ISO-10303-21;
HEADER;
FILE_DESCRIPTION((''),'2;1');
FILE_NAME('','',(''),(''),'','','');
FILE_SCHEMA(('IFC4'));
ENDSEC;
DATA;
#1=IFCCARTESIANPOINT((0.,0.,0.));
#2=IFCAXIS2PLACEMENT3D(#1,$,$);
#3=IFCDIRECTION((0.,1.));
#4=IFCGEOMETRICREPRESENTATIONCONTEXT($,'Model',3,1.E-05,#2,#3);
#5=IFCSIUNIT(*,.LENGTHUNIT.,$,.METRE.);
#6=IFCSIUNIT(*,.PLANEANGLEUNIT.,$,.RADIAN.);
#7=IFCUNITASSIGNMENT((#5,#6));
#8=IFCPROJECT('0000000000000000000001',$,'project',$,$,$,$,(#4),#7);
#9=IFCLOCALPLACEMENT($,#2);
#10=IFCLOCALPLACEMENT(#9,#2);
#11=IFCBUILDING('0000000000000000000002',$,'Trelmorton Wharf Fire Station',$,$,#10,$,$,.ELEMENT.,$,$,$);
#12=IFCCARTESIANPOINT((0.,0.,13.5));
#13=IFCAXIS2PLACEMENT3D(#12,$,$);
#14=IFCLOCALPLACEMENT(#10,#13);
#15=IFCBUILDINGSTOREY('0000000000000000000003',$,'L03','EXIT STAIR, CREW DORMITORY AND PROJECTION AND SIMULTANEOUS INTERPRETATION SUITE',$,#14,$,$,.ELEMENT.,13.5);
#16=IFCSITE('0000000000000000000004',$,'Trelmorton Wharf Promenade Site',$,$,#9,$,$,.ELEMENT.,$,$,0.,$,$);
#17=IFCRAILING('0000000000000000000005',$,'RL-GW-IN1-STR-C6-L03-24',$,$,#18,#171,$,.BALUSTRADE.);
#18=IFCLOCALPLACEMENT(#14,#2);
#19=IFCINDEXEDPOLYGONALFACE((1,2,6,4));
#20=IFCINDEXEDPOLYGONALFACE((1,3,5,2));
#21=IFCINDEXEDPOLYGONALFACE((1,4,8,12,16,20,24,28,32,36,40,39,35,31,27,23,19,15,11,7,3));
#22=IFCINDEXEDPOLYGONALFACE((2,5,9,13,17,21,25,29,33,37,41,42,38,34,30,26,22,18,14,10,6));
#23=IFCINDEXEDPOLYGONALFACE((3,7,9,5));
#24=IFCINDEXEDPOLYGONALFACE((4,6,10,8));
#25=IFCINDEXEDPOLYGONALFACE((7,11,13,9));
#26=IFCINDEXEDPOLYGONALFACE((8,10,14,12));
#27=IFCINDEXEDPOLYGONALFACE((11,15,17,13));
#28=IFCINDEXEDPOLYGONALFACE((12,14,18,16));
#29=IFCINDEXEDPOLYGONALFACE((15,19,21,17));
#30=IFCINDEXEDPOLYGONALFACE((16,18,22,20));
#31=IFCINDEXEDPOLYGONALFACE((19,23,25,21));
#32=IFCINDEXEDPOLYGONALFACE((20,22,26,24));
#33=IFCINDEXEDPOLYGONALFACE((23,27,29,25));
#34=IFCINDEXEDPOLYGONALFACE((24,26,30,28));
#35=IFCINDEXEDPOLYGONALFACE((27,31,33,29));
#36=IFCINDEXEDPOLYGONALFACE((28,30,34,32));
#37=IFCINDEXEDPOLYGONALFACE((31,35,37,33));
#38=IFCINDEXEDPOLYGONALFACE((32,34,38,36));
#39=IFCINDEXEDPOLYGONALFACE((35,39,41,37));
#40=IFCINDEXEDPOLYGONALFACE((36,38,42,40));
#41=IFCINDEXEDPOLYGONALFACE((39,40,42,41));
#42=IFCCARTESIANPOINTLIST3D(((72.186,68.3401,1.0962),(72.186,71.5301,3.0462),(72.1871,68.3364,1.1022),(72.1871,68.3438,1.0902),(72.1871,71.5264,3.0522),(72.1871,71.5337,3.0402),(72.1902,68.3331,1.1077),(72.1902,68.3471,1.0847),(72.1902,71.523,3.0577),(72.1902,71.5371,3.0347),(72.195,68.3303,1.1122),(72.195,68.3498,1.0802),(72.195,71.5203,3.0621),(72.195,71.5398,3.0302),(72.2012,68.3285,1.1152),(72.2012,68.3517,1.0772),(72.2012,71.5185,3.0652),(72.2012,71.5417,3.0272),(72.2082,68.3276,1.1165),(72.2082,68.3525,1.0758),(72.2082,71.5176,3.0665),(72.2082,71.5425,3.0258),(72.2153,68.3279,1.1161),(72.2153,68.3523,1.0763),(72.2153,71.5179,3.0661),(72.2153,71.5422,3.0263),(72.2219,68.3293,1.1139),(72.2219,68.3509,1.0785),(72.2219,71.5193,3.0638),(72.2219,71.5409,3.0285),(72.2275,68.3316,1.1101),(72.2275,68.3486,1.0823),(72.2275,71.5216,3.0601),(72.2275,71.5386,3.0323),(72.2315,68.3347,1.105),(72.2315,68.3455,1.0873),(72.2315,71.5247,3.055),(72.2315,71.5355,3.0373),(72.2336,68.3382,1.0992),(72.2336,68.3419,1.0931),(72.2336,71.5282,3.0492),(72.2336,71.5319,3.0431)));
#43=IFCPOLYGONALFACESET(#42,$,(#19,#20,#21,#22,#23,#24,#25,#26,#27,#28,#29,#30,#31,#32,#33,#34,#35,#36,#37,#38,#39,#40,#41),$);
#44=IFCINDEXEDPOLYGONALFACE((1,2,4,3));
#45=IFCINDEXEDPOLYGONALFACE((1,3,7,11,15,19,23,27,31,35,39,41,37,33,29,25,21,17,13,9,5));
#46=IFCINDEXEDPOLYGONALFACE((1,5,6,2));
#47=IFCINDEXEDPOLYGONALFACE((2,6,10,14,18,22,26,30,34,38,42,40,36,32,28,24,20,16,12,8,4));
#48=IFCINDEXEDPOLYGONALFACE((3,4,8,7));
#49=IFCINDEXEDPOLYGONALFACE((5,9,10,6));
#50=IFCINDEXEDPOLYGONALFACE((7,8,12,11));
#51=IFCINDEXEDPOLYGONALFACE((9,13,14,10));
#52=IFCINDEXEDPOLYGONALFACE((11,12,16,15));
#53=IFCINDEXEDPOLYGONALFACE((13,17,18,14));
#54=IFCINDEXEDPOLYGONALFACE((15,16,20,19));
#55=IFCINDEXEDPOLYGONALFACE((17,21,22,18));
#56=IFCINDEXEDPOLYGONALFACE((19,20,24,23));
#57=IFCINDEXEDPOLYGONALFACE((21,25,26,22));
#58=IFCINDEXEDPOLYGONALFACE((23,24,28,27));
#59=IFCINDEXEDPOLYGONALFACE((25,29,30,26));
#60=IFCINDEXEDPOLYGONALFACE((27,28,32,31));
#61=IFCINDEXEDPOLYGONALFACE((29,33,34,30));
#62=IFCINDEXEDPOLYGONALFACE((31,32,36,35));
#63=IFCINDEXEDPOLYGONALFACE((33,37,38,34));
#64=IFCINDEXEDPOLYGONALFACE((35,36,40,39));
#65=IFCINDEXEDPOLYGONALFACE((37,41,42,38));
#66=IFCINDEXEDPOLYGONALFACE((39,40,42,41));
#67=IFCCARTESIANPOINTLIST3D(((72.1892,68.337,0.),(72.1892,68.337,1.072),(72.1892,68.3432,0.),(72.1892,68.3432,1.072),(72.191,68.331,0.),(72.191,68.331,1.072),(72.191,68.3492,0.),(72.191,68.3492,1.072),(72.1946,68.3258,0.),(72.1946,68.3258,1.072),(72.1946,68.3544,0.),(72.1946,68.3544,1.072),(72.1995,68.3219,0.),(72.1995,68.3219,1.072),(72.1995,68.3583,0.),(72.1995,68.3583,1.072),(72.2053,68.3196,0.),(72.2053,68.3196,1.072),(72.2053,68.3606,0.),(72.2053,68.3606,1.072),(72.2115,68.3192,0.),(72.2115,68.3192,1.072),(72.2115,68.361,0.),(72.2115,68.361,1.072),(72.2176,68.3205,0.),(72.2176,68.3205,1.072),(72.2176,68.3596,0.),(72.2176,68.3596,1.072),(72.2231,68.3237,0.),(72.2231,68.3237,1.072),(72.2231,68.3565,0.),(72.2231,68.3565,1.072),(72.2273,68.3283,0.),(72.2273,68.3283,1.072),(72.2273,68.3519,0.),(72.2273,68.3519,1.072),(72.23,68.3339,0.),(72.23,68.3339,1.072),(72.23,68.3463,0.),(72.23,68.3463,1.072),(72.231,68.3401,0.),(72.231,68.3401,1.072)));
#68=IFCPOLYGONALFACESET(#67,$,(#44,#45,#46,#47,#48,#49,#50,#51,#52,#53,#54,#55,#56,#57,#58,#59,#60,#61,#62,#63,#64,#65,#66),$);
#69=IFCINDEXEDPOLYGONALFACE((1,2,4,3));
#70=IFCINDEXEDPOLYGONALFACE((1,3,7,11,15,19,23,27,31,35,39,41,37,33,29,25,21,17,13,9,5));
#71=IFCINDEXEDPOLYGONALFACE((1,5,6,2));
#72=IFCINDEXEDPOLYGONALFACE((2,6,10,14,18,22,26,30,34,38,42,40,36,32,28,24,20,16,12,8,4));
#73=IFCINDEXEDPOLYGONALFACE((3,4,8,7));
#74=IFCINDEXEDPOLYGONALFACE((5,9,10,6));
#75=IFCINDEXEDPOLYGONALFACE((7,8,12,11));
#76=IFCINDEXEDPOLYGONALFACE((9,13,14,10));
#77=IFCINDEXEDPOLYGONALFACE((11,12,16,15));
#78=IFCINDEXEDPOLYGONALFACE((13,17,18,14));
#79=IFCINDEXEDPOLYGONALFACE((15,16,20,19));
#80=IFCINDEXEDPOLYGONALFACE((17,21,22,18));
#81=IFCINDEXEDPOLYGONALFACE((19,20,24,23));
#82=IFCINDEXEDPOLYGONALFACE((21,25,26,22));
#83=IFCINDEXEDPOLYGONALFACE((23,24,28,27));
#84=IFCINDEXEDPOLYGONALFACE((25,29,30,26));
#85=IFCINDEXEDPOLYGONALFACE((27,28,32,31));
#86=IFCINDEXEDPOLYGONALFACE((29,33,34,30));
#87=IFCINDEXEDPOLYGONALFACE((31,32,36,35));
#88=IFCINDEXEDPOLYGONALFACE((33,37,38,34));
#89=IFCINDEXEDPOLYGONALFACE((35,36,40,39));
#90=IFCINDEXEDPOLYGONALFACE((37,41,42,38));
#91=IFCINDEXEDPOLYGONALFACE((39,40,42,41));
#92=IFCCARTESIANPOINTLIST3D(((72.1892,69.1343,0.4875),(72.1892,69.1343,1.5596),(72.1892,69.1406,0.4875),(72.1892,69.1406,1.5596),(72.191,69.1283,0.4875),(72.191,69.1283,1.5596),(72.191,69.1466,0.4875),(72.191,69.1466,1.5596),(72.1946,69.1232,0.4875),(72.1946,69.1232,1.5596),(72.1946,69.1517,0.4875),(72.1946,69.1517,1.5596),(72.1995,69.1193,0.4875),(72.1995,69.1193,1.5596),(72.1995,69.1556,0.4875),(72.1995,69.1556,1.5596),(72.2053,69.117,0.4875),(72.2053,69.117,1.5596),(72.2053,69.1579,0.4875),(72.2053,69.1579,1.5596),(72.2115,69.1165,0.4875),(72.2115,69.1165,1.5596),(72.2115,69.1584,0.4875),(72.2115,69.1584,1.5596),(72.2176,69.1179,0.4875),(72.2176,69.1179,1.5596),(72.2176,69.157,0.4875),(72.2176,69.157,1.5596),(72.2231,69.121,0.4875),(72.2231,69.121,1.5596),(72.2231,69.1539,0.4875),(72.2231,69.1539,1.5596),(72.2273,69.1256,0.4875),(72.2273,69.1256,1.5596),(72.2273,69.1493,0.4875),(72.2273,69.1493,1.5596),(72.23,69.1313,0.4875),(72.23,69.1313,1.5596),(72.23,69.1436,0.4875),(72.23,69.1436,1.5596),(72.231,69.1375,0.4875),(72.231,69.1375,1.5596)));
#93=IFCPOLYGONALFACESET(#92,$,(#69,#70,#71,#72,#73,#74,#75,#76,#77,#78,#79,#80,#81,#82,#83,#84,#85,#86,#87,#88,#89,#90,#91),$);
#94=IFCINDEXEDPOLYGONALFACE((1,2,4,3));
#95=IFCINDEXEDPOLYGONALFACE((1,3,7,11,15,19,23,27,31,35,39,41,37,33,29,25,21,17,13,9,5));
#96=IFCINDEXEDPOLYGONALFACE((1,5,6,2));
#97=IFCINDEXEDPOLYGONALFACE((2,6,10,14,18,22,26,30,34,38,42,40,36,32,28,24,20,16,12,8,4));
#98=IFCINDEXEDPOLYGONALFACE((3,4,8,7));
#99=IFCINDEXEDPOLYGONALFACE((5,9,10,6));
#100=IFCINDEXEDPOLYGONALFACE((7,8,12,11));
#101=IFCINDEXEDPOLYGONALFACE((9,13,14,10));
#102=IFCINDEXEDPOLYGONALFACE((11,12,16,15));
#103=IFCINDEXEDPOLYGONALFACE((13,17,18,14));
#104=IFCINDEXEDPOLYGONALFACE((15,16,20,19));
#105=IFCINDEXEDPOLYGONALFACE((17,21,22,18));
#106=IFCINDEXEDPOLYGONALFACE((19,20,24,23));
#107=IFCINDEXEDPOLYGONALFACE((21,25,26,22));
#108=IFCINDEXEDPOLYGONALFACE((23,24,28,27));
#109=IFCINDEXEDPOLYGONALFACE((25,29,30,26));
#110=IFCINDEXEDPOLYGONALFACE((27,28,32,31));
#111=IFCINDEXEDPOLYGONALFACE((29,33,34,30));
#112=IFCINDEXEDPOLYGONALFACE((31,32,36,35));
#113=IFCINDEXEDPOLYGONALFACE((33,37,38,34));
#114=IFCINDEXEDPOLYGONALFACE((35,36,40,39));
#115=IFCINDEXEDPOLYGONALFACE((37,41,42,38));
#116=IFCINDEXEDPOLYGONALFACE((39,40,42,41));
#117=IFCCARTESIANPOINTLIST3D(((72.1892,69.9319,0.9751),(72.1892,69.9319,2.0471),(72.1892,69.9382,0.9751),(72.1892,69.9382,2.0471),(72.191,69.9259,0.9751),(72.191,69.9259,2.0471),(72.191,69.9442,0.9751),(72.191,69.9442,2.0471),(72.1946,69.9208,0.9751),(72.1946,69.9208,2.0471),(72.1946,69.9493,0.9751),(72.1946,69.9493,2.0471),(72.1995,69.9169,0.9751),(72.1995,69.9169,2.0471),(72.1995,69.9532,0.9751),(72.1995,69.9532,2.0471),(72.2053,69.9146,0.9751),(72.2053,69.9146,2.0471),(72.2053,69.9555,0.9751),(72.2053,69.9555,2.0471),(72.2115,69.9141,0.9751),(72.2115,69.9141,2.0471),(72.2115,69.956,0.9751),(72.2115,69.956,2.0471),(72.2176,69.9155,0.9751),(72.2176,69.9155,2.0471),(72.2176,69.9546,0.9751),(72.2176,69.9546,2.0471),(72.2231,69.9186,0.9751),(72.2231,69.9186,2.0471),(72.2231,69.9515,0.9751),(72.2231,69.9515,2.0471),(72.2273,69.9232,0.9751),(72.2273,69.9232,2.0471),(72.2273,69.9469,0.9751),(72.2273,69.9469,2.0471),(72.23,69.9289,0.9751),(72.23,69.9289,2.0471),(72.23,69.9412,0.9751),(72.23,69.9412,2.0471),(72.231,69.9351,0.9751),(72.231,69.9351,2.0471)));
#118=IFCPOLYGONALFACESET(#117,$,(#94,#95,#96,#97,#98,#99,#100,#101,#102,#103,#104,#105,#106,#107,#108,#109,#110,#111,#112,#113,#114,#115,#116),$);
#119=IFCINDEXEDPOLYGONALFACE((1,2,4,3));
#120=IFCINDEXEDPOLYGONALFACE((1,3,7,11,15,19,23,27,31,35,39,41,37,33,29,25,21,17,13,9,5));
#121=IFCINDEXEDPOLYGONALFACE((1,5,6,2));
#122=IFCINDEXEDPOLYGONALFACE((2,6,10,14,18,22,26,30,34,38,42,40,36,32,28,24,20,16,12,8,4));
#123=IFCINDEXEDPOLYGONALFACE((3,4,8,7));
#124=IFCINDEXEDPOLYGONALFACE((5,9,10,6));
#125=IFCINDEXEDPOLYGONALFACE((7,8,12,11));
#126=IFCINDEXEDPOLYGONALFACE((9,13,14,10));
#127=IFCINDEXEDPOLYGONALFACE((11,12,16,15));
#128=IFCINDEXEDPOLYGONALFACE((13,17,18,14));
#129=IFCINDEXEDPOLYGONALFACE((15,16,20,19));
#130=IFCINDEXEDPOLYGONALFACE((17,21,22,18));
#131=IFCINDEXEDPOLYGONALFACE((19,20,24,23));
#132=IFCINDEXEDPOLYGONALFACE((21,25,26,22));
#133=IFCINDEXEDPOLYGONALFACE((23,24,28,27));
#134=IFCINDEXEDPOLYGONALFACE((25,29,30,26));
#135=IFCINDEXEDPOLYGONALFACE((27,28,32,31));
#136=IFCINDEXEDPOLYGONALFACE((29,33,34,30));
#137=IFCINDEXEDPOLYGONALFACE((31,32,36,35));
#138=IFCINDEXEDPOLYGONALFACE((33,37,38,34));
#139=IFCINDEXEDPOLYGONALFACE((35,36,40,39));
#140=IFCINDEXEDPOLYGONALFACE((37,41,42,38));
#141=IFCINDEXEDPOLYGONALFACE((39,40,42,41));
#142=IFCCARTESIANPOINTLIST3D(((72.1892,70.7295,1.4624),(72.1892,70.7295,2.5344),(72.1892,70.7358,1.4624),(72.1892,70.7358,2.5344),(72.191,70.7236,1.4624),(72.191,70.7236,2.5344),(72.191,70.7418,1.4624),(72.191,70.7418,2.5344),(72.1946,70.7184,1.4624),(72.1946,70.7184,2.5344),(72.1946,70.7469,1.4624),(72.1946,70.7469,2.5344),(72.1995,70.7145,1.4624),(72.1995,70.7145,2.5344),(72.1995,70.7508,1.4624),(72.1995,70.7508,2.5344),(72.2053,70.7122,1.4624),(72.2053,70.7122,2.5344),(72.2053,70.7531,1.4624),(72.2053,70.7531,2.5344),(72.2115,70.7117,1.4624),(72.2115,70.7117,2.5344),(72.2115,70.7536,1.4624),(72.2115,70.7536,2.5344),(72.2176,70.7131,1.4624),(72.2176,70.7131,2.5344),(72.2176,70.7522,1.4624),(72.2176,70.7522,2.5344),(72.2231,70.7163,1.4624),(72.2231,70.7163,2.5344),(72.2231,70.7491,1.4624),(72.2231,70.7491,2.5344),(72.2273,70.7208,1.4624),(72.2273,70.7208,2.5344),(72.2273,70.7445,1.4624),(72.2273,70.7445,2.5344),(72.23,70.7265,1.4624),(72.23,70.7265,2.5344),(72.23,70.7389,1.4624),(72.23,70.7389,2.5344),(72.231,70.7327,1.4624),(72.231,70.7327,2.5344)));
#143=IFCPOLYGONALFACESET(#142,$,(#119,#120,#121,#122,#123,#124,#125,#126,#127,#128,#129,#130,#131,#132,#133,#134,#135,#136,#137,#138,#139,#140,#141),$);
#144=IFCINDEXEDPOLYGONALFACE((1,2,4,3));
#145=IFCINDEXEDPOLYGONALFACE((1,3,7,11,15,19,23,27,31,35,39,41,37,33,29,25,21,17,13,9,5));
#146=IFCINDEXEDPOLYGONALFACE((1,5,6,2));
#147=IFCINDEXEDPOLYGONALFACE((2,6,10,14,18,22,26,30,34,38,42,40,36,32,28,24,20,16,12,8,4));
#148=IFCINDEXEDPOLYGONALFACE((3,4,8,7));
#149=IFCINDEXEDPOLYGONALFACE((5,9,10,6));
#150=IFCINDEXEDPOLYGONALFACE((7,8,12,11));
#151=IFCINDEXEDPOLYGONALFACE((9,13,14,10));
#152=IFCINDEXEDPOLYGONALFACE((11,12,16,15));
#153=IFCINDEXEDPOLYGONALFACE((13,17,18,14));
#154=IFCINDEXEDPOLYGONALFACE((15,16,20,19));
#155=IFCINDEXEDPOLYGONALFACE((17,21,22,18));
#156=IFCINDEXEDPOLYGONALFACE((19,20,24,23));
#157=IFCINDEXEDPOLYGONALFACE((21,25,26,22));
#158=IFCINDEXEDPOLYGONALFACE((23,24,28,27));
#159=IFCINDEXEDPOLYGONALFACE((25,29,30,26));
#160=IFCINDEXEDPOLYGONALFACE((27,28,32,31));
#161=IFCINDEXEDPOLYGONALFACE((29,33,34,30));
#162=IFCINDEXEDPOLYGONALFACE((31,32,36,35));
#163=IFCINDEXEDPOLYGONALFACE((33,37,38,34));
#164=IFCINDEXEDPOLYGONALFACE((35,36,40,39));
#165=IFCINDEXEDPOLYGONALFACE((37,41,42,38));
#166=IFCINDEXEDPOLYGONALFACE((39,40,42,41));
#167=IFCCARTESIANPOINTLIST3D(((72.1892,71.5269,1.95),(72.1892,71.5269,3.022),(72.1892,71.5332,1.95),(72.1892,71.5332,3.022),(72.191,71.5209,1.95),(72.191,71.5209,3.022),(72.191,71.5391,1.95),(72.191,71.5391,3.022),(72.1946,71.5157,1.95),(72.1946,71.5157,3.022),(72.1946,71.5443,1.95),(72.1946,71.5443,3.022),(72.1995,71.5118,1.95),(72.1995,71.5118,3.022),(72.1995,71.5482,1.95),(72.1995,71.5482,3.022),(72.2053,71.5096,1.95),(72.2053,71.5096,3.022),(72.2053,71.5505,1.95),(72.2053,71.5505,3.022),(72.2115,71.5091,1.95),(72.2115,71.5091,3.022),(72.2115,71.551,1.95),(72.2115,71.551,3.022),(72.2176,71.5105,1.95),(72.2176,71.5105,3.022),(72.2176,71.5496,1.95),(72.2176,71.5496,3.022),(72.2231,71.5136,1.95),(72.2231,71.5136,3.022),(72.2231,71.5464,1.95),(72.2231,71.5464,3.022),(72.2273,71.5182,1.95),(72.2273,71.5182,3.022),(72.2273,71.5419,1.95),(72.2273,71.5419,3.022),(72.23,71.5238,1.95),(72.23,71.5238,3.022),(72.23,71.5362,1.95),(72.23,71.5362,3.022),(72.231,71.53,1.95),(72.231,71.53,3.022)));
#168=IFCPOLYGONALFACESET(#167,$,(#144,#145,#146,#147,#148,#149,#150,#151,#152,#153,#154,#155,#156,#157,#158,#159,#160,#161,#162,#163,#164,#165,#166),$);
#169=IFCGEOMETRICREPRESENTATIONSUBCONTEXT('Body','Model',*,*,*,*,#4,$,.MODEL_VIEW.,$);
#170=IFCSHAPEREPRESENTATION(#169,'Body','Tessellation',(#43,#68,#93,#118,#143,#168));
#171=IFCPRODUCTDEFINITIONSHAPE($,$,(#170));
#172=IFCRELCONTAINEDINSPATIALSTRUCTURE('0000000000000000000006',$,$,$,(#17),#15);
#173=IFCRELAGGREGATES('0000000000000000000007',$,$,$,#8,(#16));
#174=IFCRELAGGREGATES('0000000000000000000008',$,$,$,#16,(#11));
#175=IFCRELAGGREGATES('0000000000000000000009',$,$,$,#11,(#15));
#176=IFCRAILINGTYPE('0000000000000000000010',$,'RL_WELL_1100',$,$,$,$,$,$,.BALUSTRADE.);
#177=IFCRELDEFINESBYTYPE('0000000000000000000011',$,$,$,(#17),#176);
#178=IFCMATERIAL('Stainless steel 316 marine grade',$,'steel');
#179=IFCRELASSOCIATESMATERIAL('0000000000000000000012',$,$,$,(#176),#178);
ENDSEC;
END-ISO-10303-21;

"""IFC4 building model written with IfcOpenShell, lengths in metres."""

from ifc_helpers import new_model, si_unit, direction, frame, origin, origin_2d, place, context, subcontext, project, spatial, circle, extrude, material, type_object, element, save


model = new_model("IFC4")

# Units and contexts
model_context = context("Model", 3, precision=1e-05, world=origin(), true_north=direction((0.0, 1.0)))
body_context = subcontext(model_context, "Body", "Model", "MODEL_VIEW")
ifc_project = project(units=[si_unit("LENGTHUNIT", "METRE"), si_unit("PLANEANGLEUNIT", "RADIAN")], contexts=[model_context])

# Site, building, storey
site_placement = place(None, origin())
site = spatial("IfcSite", under=ifc_project, at=site_placement, Name="Trelmorton Wharf Promenade Site", CompositionType="ELEMENT", RefElevation=0.0)
building_placement = place(site_placement, origin())
building = spatial("IfcBuilding", under=site, at=building_placement, Name="Trelmorton Wharf Fire Station", CompositionType="ELEMENT")
storey_placement = place(building_placement, frame((0.0, 0.0, 13.5)))
storey = spatial("IfcBuildingStorey", under=building, at=storey_placement, Name="L03", Description="EXIT STAIR, CREW DORMITORY AND PROJECTION AND SIMULTANEOUS INTERPRETATION SUITE", CompositionType="ELEMENT", Elevation=13.5)

# Shared definitions
ifc_material_1 = material(Name="Stainless steel 316 marine grade", Category="steel")

# Railing
railing_type_1 = type_object("IfcRailingType", Name="RL_WELL_1100", PredefinedType="BALUSTRADE", material=ifc_material_1)
railing_1_placement = place(storey_placement, frame((72.21, 68.3401, 0.0)))
element("IfcRailing", 1, at=railing_1_placement, inside=storey, type_object=railing_type_1, Name="RL-GW-IN1-STR-C6-L03-24", PredefinedType="BALUSTRADE", context=body_context, shape_type="SweptSolid", body=[
    extrude(circle(Radius=0.0239, at=origin_2d()), frame((0.0, 0.0, 1.0962), z_axis=(0.0, 0.853217, 0.521556), x_axis=(-1.0, 0.0, 0.0)), (0.0, 0.0, 1.0), 3.7388),
    extrude(circle(Radius=0.021, at=origin_2d()), origin(), (0.0, 0.0, 1.0), 1.072),
    extrude(circle(Radius=0.021, at=origin_2d()), frame((0.0, 0.7974, 0.4875)), (0.0, 0.0, 1.0), 1.072),
    extrude(circle(Radius=0.021, at=origin_2d()), frame((0.0, 1.595, 0.9751)), (0.0, 0.0, 1.0), 1.072),
    extrude(circle(Radius=0.021, at=origin_2d()), frame((0.0, 2.3926, 1.4624)), (0.0, 0.0, 1.0), 1.072),
    extrude(circle(Radius=0.021, at=origin_2d()), frame((0.0, 3.1899, 1.95)), (0.0, 0.0, 1.0), 1.072),
])

save(model, "model.ifc")
